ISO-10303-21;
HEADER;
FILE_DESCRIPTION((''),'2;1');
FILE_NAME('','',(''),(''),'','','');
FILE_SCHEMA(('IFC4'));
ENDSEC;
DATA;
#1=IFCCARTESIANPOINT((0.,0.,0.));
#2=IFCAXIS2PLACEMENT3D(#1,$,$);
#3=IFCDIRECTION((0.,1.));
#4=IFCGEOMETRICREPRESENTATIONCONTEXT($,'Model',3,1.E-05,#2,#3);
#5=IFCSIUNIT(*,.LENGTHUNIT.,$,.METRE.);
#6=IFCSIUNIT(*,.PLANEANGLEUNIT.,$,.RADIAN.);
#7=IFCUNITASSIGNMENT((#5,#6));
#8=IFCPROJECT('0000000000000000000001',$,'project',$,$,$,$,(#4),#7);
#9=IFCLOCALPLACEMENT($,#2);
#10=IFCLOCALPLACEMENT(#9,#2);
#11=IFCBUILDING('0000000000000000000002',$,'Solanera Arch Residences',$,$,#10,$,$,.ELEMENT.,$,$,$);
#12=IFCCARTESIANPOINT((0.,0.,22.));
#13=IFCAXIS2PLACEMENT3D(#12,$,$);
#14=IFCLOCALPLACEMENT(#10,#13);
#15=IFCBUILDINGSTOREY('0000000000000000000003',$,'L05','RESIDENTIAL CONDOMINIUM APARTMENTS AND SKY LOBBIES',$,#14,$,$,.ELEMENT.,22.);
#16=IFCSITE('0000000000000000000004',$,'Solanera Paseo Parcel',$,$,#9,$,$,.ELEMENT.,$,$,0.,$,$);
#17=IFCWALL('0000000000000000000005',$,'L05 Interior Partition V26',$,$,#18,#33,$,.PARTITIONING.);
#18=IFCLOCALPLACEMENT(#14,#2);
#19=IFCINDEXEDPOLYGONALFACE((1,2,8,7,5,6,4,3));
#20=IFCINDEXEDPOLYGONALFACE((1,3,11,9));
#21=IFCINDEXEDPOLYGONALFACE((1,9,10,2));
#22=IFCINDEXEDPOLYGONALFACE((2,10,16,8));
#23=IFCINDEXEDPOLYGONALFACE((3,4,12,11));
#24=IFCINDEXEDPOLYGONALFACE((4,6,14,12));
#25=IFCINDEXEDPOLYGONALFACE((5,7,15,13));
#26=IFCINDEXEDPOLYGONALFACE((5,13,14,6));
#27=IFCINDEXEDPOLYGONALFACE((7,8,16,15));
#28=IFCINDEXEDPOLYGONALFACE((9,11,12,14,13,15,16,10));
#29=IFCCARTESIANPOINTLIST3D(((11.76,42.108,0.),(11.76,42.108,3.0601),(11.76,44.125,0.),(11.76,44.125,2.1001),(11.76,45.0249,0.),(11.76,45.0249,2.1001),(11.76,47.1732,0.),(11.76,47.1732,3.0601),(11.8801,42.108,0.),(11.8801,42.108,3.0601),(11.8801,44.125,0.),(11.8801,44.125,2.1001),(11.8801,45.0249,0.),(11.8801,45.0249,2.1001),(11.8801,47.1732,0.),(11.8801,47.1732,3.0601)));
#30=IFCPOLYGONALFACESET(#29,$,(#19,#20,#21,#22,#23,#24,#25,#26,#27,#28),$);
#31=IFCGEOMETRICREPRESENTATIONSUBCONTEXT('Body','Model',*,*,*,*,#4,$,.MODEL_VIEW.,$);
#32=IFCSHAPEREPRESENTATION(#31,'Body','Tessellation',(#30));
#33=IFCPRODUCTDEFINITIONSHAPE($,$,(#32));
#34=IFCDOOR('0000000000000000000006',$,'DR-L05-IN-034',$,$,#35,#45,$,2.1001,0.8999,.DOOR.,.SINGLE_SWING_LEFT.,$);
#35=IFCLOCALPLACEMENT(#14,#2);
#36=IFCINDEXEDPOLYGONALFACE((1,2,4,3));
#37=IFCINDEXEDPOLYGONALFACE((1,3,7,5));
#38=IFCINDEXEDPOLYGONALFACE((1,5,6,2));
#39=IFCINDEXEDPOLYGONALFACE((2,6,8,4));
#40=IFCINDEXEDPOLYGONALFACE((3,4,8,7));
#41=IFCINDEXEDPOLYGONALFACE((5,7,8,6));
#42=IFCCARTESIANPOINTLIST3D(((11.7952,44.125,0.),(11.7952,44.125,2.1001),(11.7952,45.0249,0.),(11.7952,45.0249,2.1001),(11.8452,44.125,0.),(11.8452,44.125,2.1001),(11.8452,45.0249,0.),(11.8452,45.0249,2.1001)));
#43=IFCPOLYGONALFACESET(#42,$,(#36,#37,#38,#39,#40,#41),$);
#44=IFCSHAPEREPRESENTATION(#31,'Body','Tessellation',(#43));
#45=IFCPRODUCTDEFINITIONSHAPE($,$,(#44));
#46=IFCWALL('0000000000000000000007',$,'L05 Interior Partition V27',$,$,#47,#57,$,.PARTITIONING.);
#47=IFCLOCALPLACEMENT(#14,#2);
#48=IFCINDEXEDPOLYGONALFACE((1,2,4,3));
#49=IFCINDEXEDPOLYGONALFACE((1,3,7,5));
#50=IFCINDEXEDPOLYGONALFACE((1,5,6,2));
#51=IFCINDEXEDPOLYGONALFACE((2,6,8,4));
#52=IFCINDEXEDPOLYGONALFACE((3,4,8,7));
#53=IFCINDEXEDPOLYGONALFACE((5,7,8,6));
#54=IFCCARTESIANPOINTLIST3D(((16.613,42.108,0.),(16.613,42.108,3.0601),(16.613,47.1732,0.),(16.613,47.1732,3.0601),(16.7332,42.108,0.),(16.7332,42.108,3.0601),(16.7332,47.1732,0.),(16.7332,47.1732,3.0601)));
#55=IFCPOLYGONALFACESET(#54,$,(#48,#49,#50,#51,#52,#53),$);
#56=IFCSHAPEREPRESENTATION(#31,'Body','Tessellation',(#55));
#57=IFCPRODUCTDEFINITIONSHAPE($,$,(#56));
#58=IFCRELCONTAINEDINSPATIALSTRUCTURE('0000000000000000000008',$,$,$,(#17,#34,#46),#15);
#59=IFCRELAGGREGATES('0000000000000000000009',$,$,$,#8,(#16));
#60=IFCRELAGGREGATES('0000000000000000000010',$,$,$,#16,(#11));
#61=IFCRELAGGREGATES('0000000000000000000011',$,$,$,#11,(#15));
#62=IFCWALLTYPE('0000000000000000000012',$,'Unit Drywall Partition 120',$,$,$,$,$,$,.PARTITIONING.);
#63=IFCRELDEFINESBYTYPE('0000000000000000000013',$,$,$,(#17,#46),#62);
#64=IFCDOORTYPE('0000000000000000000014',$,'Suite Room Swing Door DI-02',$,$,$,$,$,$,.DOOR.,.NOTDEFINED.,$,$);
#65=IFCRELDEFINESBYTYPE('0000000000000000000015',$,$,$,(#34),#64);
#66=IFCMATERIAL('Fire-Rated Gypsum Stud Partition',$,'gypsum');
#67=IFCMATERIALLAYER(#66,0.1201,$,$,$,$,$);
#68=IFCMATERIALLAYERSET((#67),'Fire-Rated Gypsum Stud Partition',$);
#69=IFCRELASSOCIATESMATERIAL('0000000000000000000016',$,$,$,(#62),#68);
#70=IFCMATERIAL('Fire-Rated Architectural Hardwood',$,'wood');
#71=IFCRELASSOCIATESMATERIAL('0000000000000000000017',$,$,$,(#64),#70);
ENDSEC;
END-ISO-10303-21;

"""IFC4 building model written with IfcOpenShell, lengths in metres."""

from ifc_helpers import new_model, si_unit, direction, frame, frame_2d, origin, place, context, subcontext, project, spatial, rectangle, extrude, material, layer, layer_set, type_object, element, fill, save


model = new_model("IFC4")

# Units and contexts
model_context = context("Model", 3, precision=1e-05, world=origin(), true_north=direction((0.0, 1.0)))
body_context = subcontext(model_context, "Body", "Model", "MODEL_VIEW")
ifc_project = project(units=[si_unit("LENGTHUNIT", "METRE"), si_unit("PLANEANGLEUNIT", "RADIAN")], contexts=[model_context])

# Site, building, storey
site_placement = place(None, origin())
site = spatial("IfcSite", under=ifc_project, at=site_placement, Name="Solanera Paseo Parcel", CompositionType="ELEMENT", RefElevation=0.0)
building_placement = place(site_placement, origin())
building = spatial("IfcBuilding", under=site, at=building_placement, Name="Solanera Arch Residences", CompositionType="ELEMENT")
storey_placement = place(building_placement, frame((0.0, 0.0, 22.0)))
storey = spatial("IfcBuildingStorey", under=building, at=storey_placement, Name="L05", Description="RESIDENTIAL CONDOMINIUM APARTMENTS AND SKY LOBBIES", CompositionType="ELEMENT", Elevation=22.0)

# Wall, opening, door
ifc_material_1 = material(Name="Fire-Rated Gypsum Stud Partition", Category="gypsum")
ifc_layer_1 = layer(ifc_material_1, 0.1201)
ifc_layer_set_1 = layer_set([ifc_layer_1], Name="Fire-Rated Gypsum Stud Partition")
wall_type_1 = type_object("IfcWallType", Name="Unit Drywall Partition 120", PredefinedType="PARTITIONING", material=ifc_layer_set_1)
wall_1_placement = place(storey_placement, frame((11.8201, 42.1079, 0.0), z_axis=(0.0, 0.0, 1.0), x_axis=(0.0, 1.0, 0.0)))
wall_1 = element("IfcWall", 1, at=wall_1_placement, inside=storey, type_object=wall_type_1, Name="L05 Interior Partition V26", PredefinedType="PARTITIONING", context=body_context, shape_type="SweptSolid", body=[
    extrude(rectangle(XDim=5.0652, YDim=0.1201, at=frame_2d((2.5327, 0.0))), origin(), (0.0, 0.0, 1.0), 3.0601),
])
opening_1_placement = place(wall_1_placement, frame((2.0171, 0.0, 0.0)))
opening_1 = element("IfcOpeningElement", 2, at=opening_1_placement, cuts=wall_1, PredefinedType="OPENING", context=body_context, shape_type="SweptSolid", body=[
    extrude(rectangle(XDim=0.8999, YDim=2.1001, at=frame_2d((0.45, 1.05))), frame((0.0, 0.0701, 0.0), z_axis=(0.0, -1.0, 0.0), x_axis=(1.0, 0.0, 0.0)), (0.0, 0.0, 1.0), 0.1401),
])
ifc_material_2 = material(Name="Fire-Rated Architectural Hardwood", Category="wood")
door_type_1 = type_object("IfcDoorType", Name="Suite Room Swing Door DI-02", OperationType="NOTDEFINED", PredefinedType="DOOR", material=ifc_material_2)
door_1_placement = place(opening_1_placement, origin())
door_1 = element("IfcDoor", 3, at=door_1_placement, inside=storey, type_object=door_type_1, Name="DR-L05-IN-034", OperationType="SINGLE_SWING_LEFT", OverallHeight=2.1001, OverallWidth=0.8999, PredefinedType="DOOR", context=body_context, shape_type="SweptSolid", body=[
    extrude(rectangle(XDim=0.8999, YDim=2.1001, at=frame_2d((0.45, 1.05))), frame((0.0, 0.0249, 0.0), z_axis=(0.0, -1.0, 0.0), x_axis=(1.0, 0.0, 0.0)), (0.0, 0.0, 1.0), 0.05),
])
fill(opening_1, door_1)

# Wall
wall_2_placement = place(storey_placement, frame((16.6731, 42.1079, 0.0), z_axis=(0.0, 0.0, 1.0), x_axis=(0.0, 1.0, 0.0)))
element("IfcWall", 4, at=wall_2_placement, inside=storey, type_object=wall_type_1, Name="L05 Interior Partition V27", PredefinedType="PARTITIONING", context=body_context, shape_type="SweptSolid", body=[
    extrude(rectangle(XDim=5.0652, YDim=0.1201, at=frame_2d((2.5327, 0.0))), origin(), (0.0, 0.0, 1.0), 3.0601),
])

save(model, "model.ifc")
